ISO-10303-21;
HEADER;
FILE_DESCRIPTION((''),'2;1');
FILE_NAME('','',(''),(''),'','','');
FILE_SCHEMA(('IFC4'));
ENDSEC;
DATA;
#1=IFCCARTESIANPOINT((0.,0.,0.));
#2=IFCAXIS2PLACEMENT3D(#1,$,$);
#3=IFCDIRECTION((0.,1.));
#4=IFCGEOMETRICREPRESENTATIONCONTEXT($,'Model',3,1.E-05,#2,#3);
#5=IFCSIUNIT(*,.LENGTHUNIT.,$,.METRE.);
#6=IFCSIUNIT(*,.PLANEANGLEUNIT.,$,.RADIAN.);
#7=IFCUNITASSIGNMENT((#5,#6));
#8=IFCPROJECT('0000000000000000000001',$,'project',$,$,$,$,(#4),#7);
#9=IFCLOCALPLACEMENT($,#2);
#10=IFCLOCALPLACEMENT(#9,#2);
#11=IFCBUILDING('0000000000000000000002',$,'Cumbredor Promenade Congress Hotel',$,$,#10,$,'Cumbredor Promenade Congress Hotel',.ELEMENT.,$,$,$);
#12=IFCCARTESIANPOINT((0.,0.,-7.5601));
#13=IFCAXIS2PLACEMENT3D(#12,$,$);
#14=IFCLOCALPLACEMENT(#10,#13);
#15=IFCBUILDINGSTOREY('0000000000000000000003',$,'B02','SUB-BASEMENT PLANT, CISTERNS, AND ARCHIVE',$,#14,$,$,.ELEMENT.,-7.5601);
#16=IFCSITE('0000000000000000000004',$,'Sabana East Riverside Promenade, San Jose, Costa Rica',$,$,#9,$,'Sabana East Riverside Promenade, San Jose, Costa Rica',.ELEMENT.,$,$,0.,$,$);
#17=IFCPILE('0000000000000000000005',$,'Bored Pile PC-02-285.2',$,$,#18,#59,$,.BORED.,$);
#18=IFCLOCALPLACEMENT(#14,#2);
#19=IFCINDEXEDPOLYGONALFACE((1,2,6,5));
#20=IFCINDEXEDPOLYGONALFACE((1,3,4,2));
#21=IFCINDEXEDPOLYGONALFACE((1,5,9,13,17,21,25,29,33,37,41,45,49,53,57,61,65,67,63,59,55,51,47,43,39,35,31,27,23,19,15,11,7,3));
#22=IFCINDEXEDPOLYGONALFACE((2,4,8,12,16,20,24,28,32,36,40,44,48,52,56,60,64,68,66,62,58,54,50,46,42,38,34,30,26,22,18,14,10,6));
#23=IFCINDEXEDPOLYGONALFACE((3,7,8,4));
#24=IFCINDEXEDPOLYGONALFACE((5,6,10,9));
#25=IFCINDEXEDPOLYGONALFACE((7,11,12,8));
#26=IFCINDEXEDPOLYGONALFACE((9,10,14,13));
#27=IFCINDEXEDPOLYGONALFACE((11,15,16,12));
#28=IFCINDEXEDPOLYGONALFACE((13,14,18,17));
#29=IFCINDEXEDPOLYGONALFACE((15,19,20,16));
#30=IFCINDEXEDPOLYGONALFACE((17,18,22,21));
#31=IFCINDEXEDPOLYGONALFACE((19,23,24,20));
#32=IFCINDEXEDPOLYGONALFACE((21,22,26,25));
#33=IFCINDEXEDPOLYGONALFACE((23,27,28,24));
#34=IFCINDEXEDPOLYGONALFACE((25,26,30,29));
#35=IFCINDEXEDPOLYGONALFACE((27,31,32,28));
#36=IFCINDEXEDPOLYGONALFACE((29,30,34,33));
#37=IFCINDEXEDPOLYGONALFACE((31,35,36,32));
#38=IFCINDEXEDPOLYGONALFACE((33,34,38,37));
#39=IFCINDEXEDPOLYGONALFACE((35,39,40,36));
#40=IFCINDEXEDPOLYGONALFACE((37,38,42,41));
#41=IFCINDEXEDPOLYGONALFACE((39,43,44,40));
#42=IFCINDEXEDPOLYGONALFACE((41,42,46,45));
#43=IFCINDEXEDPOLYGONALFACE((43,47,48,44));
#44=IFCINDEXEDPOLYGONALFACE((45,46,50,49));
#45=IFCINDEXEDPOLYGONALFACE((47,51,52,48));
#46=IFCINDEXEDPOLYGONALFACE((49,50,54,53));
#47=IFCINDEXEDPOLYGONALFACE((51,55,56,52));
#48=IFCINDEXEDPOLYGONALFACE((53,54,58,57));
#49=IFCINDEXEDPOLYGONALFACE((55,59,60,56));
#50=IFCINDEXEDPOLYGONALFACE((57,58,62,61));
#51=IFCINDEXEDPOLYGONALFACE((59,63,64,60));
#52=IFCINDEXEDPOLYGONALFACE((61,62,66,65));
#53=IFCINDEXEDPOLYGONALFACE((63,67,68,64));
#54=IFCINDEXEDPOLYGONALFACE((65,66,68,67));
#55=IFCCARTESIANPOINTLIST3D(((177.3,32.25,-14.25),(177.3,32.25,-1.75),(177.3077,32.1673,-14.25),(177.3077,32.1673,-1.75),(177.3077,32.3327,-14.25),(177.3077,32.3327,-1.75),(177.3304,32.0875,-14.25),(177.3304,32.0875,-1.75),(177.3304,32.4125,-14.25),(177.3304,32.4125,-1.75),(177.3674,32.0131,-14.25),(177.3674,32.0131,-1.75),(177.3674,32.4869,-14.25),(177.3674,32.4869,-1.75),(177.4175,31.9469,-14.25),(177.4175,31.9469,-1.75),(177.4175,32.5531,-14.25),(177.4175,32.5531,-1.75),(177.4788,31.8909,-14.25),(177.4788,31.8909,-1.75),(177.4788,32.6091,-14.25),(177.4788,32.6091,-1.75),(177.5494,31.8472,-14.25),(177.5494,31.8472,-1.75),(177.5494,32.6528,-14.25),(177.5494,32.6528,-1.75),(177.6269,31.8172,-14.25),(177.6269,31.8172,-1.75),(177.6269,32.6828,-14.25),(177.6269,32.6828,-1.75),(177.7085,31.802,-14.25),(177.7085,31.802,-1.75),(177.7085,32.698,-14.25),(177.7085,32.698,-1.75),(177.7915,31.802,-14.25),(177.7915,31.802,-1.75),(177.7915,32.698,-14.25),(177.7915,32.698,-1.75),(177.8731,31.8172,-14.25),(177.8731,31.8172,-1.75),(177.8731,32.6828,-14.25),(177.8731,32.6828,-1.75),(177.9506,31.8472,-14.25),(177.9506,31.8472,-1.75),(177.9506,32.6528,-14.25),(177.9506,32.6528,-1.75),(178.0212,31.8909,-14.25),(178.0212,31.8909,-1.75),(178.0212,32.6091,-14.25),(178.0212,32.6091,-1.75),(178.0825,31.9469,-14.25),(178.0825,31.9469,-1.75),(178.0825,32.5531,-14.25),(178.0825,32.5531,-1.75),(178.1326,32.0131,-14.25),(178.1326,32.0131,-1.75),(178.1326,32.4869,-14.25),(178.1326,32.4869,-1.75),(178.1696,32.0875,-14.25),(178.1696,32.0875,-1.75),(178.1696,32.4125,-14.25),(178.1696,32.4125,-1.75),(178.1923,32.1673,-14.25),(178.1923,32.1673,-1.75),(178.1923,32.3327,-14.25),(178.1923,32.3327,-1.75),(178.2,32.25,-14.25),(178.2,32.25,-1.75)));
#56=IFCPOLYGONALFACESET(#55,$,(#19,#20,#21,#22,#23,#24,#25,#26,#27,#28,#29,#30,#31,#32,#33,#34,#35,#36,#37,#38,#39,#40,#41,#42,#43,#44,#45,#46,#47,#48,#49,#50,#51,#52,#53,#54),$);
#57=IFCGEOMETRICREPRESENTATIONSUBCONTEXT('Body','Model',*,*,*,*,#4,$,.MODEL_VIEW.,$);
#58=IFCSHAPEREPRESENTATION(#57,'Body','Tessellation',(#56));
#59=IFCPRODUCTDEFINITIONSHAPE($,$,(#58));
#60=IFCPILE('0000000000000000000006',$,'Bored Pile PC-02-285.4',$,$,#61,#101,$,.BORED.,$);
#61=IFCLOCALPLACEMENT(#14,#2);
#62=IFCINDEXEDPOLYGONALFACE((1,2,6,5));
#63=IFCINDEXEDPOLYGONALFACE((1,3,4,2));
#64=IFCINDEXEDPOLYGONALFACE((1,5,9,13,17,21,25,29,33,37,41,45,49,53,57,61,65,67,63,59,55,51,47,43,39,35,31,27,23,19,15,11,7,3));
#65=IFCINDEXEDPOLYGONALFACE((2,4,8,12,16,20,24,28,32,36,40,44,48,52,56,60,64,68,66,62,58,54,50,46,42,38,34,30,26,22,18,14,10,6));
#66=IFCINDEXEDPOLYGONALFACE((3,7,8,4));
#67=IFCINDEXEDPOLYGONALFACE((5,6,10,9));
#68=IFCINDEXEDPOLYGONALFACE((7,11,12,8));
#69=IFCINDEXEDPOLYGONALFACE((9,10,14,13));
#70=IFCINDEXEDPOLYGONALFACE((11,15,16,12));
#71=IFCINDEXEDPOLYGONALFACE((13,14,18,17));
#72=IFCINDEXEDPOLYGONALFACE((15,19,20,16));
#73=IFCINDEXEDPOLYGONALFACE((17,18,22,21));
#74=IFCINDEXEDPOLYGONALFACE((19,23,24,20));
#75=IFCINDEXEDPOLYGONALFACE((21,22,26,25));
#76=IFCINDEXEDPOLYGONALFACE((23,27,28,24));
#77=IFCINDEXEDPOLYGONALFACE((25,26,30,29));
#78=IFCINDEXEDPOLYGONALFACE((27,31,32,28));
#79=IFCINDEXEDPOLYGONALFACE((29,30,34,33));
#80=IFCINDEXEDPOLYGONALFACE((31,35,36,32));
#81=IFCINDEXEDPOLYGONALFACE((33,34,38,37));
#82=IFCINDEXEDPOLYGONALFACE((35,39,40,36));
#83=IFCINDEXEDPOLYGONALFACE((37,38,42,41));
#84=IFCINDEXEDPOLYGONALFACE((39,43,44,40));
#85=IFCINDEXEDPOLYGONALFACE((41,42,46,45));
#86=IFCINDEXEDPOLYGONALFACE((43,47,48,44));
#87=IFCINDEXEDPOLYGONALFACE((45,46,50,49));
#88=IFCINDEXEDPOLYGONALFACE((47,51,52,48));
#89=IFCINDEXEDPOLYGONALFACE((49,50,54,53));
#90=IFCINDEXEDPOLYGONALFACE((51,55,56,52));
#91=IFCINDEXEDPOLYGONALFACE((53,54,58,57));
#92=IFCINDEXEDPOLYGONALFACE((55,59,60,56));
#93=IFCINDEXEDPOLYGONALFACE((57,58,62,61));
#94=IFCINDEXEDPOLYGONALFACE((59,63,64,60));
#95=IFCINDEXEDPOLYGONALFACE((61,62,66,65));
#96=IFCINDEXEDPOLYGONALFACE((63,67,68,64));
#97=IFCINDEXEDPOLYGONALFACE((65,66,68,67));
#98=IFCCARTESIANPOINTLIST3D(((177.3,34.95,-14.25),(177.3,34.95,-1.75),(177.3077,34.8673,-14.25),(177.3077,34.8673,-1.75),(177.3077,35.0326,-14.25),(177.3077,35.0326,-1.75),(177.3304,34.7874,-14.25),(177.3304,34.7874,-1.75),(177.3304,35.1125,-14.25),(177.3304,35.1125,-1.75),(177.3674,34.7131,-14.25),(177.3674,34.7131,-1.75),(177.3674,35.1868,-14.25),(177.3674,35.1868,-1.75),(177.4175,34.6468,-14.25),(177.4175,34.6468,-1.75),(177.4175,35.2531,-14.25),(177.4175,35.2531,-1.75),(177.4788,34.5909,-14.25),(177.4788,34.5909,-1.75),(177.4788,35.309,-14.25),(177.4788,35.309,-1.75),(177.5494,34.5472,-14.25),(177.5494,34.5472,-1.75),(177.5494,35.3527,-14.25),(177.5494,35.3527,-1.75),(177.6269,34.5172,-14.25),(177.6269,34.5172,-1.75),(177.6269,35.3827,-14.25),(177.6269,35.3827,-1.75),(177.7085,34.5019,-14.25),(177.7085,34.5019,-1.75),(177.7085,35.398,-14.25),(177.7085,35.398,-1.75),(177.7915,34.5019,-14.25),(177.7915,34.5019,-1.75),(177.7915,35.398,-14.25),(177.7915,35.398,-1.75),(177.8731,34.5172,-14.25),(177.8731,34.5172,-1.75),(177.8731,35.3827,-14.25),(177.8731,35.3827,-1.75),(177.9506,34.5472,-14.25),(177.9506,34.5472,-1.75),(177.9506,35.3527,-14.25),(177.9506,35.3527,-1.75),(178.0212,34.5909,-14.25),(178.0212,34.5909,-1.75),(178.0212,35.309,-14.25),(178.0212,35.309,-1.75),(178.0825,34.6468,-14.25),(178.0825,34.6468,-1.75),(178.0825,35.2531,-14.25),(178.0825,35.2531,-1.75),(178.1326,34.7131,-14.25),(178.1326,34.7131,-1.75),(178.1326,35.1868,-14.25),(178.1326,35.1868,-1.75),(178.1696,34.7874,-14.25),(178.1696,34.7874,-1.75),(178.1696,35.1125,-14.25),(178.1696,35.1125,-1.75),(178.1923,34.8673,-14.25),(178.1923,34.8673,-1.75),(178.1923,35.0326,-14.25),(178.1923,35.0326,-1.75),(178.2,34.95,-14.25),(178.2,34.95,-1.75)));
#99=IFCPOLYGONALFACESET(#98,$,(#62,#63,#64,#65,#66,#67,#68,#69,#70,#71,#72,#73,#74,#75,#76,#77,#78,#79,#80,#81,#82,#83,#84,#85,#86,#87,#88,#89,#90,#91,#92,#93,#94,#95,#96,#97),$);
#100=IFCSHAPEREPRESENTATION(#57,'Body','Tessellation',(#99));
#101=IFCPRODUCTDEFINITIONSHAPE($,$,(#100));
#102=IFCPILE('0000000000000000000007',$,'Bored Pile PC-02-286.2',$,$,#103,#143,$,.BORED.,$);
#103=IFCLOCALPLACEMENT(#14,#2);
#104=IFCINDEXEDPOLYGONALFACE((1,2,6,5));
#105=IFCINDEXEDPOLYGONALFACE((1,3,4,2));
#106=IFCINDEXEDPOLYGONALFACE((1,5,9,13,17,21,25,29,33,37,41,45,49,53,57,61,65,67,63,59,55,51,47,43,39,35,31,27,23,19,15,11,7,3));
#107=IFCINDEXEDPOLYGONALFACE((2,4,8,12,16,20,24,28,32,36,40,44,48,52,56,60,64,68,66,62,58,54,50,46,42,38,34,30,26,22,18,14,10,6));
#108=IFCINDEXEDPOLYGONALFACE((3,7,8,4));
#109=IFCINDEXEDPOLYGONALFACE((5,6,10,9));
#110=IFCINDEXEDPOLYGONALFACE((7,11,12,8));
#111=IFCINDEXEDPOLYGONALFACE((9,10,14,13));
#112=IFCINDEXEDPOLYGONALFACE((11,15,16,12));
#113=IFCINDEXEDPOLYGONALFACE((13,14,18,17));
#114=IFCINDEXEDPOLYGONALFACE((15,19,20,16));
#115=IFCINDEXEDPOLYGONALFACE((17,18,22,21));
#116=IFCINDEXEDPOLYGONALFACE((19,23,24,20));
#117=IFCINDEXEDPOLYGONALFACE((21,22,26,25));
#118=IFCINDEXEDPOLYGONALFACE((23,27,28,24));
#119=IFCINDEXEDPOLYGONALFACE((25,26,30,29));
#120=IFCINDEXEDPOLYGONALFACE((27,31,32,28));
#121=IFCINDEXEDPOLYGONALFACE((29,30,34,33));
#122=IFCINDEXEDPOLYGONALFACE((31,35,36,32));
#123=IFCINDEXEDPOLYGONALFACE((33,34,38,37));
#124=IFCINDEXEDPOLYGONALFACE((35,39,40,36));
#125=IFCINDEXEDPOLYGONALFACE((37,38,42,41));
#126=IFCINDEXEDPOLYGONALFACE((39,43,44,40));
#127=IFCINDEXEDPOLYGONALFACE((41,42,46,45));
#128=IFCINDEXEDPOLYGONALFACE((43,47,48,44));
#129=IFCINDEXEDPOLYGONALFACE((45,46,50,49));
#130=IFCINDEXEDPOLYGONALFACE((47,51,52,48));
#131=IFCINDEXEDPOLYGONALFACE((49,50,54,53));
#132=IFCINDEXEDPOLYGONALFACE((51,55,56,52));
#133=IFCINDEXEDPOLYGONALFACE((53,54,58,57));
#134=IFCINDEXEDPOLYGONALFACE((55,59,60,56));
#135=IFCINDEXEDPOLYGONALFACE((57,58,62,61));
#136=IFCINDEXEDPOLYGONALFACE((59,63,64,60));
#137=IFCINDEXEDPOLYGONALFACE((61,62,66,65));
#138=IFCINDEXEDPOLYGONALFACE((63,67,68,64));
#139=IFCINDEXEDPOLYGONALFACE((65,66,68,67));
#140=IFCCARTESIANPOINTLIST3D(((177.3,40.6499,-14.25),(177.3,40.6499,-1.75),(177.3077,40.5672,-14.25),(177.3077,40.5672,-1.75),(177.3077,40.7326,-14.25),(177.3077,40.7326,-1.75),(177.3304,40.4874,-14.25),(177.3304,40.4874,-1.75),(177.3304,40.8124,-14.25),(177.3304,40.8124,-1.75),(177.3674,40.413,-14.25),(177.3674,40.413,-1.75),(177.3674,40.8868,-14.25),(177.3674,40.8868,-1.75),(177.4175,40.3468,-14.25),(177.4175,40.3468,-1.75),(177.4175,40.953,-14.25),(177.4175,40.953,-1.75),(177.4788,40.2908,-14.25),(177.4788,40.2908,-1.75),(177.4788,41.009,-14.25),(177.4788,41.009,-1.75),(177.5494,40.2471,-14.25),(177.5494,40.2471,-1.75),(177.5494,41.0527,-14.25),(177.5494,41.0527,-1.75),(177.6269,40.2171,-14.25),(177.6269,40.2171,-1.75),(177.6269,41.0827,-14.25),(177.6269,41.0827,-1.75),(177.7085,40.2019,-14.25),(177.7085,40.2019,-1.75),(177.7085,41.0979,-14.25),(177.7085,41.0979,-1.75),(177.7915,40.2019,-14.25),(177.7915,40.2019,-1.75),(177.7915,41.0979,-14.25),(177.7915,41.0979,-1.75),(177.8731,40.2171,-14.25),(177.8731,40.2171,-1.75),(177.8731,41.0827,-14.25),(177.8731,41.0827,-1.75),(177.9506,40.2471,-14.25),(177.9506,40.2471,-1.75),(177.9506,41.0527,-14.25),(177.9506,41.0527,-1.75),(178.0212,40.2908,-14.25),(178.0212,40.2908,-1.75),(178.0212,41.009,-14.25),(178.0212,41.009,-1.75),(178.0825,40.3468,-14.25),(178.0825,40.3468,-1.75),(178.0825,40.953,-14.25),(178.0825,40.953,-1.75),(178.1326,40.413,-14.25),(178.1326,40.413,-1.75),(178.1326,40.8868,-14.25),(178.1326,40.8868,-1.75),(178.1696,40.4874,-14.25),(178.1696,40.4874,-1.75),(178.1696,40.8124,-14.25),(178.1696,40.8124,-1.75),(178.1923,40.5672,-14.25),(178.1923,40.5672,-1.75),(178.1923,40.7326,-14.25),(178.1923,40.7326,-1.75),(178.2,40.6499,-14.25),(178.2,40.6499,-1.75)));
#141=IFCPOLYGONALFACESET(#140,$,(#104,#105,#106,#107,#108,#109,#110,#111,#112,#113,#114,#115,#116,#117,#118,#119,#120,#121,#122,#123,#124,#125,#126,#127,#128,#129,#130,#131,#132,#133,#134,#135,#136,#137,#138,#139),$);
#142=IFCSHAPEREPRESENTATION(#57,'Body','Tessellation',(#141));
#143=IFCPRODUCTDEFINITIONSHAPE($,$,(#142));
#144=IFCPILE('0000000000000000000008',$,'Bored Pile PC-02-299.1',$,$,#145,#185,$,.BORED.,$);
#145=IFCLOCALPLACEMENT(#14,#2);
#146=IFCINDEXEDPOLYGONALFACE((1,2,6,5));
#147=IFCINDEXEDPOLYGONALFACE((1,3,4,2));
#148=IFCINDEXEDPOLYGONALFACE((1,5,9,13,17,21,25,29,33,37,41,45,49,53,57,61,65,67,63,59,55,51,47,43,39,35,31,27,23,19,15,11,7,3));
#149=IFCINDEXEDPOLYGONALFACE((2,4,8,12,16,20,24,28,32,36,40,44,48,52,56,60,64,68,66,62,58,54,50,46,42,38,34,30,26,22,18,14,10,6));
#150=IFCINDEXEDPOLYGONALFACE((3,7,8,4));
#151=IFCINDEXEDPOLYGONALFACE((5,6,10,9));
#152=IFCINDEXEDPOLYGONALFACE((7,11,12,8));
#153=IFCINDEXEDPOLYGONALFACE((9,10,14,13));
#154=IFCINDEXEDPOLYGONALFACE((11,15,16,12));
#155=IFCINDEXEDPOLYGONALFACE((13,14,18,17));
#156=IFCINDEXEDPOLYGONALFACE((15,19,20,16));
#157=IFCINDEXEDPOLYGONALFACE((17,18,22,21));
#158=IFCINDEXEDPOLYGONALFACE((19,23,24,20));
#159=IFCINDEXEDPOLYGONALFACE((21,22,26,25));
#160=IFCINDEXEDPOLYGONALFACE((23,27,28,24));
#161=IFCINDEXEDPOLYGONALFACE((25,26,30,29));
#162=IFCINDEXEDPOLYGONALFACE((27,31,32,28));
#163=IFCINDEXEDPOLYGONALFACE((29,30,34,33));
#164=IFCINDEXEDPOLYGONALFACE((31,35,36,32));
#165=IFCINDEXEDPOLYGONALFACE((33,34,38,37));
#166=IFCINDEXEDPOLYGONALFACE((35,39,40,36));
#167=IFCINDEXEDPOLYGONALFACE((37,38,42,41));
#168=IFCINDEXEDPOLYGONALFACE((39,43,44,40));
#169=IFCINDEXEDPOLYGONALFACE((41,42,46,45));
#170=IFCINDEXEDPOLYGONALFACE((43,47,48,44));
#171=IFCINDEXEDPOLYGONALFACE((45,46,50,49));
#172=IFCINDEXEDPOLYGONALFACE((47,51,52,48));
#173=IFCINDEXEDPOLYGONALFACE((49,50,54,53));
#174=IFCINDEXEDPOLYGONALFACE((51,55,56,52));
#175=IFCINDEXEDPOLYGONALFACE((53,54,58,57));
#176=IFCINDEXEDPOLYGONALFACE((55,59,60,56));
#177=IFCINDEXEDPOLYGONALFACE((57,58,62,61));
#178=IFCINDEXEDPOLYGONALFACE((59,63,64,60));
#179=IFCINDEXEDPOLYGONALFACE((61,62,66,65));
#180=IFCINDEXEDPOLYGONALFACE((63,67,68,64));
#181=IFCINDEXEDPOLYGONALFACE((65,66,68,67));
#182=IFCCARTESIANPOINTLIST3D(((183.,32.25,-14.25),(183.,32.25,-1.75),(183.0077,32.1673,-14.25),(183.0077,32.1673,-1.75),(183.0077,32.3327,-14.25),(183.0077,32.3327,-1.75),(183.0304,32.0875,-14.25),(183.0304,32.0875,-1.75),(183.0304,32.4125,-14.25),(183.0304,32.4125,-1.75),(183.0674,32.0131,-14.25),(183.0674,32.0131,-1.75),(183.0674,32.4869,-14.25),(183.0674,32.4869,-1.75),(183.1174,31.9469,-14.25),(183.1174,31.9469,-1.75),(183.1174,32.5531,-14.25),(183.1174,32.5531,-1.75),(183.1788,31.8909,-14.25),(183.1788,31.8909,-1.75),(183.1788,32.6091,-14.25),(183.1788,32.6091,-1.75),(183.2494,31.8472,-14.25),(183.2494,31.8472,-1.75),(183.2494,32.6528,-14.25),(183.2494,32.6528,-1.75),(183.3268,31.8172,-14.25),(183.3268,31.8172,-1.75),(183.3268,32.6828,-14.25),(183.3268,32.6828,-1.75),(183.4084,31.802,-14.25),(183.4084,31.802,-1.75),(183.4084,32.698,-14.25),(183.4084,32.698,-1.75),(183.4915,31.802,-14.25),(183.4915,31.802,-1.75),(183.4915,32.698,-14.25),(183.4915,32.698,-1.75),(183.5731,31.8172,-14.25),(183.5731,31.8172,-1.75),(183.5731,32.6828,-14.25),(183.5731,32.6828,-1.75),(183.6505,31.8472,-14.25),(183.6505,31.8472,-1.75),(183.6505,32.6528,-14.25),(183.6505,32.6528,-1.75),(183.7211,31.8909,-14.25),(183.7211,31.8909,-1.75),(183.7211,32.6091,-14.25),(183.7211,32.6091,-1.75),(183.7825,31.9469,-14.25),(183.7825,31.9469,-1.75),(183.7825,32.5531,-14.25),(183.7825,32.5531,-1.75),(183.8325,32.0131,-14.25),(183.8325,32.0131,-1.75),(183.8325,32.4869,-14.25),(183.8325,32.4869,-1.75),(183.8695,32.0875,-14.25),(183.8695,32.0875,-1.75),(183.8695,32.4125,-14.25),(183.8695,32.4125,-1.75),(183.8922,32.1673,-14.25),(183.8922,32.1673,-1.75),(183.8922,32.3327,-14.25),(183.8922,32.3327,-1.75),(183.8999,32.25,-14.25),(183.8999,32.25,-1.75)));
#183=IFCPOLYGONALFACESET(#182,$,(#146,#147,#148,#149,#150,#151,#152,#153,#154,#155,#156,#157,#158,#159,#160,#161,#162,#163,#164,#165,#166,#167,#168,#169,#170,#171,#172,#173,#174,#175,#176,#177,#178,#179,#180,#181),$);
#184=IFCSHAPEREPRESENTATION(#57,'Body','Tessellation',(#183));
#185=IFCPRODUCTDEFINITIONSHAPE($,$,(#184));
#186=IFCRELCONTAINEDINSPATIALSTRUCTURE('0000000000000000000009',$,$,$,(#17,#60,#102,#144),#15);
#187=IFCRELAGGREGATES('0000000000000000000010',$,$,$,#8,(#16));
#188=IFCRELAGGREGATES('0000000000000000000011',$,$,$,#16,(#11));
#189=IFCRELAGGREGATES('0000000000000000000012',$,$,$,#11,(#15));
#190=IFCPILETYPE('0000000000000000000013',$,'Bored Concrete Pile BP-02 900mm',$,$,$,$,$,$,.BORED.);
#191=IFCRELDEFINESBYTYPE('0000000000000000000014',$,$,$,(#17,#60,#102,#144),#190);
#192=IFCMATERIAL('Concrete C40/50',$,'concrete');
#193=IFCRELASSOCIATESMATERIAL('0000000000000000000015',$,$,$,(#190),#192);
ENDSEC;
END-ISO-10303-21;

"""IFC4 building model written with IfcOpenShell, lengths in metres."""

from ifc_helpers import new_model, si_unit, direction, frame, origin, origin_2d, place, context, subcontext, project, spatial, circle, extrude, material, material_profile, profile_set, type_object, element, save


model = new_model("IFC4")

# Units and contexts
model_context = context("Model", 3, precision=1e-05, world=origin(), true_north=direction((0.0, 1.0)))
body_context = subcontext(model_context, "Body", "Model", "MODEL_VIEW")
ifc_project = project(units=[si_unit("LENGTHUNIT", "METRE"), si_unit("PLANEANGLEUNIT", "RADIAN")], contexts=[model_context])

# Site, building, storey
site_placement = place(None, origin())
site = spatial("IfcSite", under=ifc_project, at=site_placement, Name="Sabana East Riverside Promenade, San Jose, Costa Rica", LongName="Sabana East Riverside Promenade, San Jose, Costa Rica", CompositionType="ELEMENT", RefElevation=0.0)
building_placement = place(site_placement, origin())
building = spatial("IfcBuilding", under=site, at=building_placement, Name="Cumbredor Promenade Congress Hotel", LongName="Cumbredor Promenade Congress Hotel", CompositionType="ELEMENT")
storey_placement = place(building_placement, frame((0.0, 0.0, -7.5601)))
storey = spatial("IfcBuildingStorey", under=building, at=storey_placement, Name="B02", Description="SUB-BASEMENT PLANT, CISTERNS, AND ARCHIVE", CompositionType="ELEMENT", Elevation=-7.5601)

# Piles
ifc_material_1 = material(Name="Concrete C40/50", Category="concrete")
ifc_material_profile_1 = material_profile(ifc_material_1, circle(Radius=0.45, at=origin_2d()), Name="PILE D900")
ifc_profile_set_1 = profile_set([ifc_material_profile_1], Name="Concrete C40/50")
pile_type = type_object("IfcPileType", Name="Bored Concrete Pile BP-02 900mm", PredefinedType="BORED", material=ifc_profile_set_1)
for number, where, z_axis, x_axis, name in (
    (1, (177.75, 32.25, -1.75), (0.0, 0.0, -1.0), (1.0, 0.0, 0.0), "Bored Pile PC-02-285.2"),
    (2, (177.75, 34.95, -1.75), (0.0, 0.0, -1.0), (1.0, 0.0, 0.0), "Bored Pile PC-02-285.4"),
    (3, (177.75, 40.6499, -1.75), (0.0, 0.0, -1.0), (1.0, 0.0, 0.0), "Bored Pile PC-02-286.2"),
    (4, (183.45, 32.25, -1.75), (0.0, 0.0, -1.0), (1.0, 0.0, 0.0), "Bored Pile PC-02-299.1"),
):
    element("IfcPile", number, at=place(storey_placement, frame(where, z_axis=z_axis, x_axis=x_axis)), inside=storey, type_object=pile_type, Name=name, PredefinedType="BORED", context=body_context, shape_type="SweptSolid", body=[
        extrude(circle(Radius=0.45, at=origin_2d()), origin(), (0.0, 0.0, 1.0), 12.5),
    ])

save(model, "model.ifc")
